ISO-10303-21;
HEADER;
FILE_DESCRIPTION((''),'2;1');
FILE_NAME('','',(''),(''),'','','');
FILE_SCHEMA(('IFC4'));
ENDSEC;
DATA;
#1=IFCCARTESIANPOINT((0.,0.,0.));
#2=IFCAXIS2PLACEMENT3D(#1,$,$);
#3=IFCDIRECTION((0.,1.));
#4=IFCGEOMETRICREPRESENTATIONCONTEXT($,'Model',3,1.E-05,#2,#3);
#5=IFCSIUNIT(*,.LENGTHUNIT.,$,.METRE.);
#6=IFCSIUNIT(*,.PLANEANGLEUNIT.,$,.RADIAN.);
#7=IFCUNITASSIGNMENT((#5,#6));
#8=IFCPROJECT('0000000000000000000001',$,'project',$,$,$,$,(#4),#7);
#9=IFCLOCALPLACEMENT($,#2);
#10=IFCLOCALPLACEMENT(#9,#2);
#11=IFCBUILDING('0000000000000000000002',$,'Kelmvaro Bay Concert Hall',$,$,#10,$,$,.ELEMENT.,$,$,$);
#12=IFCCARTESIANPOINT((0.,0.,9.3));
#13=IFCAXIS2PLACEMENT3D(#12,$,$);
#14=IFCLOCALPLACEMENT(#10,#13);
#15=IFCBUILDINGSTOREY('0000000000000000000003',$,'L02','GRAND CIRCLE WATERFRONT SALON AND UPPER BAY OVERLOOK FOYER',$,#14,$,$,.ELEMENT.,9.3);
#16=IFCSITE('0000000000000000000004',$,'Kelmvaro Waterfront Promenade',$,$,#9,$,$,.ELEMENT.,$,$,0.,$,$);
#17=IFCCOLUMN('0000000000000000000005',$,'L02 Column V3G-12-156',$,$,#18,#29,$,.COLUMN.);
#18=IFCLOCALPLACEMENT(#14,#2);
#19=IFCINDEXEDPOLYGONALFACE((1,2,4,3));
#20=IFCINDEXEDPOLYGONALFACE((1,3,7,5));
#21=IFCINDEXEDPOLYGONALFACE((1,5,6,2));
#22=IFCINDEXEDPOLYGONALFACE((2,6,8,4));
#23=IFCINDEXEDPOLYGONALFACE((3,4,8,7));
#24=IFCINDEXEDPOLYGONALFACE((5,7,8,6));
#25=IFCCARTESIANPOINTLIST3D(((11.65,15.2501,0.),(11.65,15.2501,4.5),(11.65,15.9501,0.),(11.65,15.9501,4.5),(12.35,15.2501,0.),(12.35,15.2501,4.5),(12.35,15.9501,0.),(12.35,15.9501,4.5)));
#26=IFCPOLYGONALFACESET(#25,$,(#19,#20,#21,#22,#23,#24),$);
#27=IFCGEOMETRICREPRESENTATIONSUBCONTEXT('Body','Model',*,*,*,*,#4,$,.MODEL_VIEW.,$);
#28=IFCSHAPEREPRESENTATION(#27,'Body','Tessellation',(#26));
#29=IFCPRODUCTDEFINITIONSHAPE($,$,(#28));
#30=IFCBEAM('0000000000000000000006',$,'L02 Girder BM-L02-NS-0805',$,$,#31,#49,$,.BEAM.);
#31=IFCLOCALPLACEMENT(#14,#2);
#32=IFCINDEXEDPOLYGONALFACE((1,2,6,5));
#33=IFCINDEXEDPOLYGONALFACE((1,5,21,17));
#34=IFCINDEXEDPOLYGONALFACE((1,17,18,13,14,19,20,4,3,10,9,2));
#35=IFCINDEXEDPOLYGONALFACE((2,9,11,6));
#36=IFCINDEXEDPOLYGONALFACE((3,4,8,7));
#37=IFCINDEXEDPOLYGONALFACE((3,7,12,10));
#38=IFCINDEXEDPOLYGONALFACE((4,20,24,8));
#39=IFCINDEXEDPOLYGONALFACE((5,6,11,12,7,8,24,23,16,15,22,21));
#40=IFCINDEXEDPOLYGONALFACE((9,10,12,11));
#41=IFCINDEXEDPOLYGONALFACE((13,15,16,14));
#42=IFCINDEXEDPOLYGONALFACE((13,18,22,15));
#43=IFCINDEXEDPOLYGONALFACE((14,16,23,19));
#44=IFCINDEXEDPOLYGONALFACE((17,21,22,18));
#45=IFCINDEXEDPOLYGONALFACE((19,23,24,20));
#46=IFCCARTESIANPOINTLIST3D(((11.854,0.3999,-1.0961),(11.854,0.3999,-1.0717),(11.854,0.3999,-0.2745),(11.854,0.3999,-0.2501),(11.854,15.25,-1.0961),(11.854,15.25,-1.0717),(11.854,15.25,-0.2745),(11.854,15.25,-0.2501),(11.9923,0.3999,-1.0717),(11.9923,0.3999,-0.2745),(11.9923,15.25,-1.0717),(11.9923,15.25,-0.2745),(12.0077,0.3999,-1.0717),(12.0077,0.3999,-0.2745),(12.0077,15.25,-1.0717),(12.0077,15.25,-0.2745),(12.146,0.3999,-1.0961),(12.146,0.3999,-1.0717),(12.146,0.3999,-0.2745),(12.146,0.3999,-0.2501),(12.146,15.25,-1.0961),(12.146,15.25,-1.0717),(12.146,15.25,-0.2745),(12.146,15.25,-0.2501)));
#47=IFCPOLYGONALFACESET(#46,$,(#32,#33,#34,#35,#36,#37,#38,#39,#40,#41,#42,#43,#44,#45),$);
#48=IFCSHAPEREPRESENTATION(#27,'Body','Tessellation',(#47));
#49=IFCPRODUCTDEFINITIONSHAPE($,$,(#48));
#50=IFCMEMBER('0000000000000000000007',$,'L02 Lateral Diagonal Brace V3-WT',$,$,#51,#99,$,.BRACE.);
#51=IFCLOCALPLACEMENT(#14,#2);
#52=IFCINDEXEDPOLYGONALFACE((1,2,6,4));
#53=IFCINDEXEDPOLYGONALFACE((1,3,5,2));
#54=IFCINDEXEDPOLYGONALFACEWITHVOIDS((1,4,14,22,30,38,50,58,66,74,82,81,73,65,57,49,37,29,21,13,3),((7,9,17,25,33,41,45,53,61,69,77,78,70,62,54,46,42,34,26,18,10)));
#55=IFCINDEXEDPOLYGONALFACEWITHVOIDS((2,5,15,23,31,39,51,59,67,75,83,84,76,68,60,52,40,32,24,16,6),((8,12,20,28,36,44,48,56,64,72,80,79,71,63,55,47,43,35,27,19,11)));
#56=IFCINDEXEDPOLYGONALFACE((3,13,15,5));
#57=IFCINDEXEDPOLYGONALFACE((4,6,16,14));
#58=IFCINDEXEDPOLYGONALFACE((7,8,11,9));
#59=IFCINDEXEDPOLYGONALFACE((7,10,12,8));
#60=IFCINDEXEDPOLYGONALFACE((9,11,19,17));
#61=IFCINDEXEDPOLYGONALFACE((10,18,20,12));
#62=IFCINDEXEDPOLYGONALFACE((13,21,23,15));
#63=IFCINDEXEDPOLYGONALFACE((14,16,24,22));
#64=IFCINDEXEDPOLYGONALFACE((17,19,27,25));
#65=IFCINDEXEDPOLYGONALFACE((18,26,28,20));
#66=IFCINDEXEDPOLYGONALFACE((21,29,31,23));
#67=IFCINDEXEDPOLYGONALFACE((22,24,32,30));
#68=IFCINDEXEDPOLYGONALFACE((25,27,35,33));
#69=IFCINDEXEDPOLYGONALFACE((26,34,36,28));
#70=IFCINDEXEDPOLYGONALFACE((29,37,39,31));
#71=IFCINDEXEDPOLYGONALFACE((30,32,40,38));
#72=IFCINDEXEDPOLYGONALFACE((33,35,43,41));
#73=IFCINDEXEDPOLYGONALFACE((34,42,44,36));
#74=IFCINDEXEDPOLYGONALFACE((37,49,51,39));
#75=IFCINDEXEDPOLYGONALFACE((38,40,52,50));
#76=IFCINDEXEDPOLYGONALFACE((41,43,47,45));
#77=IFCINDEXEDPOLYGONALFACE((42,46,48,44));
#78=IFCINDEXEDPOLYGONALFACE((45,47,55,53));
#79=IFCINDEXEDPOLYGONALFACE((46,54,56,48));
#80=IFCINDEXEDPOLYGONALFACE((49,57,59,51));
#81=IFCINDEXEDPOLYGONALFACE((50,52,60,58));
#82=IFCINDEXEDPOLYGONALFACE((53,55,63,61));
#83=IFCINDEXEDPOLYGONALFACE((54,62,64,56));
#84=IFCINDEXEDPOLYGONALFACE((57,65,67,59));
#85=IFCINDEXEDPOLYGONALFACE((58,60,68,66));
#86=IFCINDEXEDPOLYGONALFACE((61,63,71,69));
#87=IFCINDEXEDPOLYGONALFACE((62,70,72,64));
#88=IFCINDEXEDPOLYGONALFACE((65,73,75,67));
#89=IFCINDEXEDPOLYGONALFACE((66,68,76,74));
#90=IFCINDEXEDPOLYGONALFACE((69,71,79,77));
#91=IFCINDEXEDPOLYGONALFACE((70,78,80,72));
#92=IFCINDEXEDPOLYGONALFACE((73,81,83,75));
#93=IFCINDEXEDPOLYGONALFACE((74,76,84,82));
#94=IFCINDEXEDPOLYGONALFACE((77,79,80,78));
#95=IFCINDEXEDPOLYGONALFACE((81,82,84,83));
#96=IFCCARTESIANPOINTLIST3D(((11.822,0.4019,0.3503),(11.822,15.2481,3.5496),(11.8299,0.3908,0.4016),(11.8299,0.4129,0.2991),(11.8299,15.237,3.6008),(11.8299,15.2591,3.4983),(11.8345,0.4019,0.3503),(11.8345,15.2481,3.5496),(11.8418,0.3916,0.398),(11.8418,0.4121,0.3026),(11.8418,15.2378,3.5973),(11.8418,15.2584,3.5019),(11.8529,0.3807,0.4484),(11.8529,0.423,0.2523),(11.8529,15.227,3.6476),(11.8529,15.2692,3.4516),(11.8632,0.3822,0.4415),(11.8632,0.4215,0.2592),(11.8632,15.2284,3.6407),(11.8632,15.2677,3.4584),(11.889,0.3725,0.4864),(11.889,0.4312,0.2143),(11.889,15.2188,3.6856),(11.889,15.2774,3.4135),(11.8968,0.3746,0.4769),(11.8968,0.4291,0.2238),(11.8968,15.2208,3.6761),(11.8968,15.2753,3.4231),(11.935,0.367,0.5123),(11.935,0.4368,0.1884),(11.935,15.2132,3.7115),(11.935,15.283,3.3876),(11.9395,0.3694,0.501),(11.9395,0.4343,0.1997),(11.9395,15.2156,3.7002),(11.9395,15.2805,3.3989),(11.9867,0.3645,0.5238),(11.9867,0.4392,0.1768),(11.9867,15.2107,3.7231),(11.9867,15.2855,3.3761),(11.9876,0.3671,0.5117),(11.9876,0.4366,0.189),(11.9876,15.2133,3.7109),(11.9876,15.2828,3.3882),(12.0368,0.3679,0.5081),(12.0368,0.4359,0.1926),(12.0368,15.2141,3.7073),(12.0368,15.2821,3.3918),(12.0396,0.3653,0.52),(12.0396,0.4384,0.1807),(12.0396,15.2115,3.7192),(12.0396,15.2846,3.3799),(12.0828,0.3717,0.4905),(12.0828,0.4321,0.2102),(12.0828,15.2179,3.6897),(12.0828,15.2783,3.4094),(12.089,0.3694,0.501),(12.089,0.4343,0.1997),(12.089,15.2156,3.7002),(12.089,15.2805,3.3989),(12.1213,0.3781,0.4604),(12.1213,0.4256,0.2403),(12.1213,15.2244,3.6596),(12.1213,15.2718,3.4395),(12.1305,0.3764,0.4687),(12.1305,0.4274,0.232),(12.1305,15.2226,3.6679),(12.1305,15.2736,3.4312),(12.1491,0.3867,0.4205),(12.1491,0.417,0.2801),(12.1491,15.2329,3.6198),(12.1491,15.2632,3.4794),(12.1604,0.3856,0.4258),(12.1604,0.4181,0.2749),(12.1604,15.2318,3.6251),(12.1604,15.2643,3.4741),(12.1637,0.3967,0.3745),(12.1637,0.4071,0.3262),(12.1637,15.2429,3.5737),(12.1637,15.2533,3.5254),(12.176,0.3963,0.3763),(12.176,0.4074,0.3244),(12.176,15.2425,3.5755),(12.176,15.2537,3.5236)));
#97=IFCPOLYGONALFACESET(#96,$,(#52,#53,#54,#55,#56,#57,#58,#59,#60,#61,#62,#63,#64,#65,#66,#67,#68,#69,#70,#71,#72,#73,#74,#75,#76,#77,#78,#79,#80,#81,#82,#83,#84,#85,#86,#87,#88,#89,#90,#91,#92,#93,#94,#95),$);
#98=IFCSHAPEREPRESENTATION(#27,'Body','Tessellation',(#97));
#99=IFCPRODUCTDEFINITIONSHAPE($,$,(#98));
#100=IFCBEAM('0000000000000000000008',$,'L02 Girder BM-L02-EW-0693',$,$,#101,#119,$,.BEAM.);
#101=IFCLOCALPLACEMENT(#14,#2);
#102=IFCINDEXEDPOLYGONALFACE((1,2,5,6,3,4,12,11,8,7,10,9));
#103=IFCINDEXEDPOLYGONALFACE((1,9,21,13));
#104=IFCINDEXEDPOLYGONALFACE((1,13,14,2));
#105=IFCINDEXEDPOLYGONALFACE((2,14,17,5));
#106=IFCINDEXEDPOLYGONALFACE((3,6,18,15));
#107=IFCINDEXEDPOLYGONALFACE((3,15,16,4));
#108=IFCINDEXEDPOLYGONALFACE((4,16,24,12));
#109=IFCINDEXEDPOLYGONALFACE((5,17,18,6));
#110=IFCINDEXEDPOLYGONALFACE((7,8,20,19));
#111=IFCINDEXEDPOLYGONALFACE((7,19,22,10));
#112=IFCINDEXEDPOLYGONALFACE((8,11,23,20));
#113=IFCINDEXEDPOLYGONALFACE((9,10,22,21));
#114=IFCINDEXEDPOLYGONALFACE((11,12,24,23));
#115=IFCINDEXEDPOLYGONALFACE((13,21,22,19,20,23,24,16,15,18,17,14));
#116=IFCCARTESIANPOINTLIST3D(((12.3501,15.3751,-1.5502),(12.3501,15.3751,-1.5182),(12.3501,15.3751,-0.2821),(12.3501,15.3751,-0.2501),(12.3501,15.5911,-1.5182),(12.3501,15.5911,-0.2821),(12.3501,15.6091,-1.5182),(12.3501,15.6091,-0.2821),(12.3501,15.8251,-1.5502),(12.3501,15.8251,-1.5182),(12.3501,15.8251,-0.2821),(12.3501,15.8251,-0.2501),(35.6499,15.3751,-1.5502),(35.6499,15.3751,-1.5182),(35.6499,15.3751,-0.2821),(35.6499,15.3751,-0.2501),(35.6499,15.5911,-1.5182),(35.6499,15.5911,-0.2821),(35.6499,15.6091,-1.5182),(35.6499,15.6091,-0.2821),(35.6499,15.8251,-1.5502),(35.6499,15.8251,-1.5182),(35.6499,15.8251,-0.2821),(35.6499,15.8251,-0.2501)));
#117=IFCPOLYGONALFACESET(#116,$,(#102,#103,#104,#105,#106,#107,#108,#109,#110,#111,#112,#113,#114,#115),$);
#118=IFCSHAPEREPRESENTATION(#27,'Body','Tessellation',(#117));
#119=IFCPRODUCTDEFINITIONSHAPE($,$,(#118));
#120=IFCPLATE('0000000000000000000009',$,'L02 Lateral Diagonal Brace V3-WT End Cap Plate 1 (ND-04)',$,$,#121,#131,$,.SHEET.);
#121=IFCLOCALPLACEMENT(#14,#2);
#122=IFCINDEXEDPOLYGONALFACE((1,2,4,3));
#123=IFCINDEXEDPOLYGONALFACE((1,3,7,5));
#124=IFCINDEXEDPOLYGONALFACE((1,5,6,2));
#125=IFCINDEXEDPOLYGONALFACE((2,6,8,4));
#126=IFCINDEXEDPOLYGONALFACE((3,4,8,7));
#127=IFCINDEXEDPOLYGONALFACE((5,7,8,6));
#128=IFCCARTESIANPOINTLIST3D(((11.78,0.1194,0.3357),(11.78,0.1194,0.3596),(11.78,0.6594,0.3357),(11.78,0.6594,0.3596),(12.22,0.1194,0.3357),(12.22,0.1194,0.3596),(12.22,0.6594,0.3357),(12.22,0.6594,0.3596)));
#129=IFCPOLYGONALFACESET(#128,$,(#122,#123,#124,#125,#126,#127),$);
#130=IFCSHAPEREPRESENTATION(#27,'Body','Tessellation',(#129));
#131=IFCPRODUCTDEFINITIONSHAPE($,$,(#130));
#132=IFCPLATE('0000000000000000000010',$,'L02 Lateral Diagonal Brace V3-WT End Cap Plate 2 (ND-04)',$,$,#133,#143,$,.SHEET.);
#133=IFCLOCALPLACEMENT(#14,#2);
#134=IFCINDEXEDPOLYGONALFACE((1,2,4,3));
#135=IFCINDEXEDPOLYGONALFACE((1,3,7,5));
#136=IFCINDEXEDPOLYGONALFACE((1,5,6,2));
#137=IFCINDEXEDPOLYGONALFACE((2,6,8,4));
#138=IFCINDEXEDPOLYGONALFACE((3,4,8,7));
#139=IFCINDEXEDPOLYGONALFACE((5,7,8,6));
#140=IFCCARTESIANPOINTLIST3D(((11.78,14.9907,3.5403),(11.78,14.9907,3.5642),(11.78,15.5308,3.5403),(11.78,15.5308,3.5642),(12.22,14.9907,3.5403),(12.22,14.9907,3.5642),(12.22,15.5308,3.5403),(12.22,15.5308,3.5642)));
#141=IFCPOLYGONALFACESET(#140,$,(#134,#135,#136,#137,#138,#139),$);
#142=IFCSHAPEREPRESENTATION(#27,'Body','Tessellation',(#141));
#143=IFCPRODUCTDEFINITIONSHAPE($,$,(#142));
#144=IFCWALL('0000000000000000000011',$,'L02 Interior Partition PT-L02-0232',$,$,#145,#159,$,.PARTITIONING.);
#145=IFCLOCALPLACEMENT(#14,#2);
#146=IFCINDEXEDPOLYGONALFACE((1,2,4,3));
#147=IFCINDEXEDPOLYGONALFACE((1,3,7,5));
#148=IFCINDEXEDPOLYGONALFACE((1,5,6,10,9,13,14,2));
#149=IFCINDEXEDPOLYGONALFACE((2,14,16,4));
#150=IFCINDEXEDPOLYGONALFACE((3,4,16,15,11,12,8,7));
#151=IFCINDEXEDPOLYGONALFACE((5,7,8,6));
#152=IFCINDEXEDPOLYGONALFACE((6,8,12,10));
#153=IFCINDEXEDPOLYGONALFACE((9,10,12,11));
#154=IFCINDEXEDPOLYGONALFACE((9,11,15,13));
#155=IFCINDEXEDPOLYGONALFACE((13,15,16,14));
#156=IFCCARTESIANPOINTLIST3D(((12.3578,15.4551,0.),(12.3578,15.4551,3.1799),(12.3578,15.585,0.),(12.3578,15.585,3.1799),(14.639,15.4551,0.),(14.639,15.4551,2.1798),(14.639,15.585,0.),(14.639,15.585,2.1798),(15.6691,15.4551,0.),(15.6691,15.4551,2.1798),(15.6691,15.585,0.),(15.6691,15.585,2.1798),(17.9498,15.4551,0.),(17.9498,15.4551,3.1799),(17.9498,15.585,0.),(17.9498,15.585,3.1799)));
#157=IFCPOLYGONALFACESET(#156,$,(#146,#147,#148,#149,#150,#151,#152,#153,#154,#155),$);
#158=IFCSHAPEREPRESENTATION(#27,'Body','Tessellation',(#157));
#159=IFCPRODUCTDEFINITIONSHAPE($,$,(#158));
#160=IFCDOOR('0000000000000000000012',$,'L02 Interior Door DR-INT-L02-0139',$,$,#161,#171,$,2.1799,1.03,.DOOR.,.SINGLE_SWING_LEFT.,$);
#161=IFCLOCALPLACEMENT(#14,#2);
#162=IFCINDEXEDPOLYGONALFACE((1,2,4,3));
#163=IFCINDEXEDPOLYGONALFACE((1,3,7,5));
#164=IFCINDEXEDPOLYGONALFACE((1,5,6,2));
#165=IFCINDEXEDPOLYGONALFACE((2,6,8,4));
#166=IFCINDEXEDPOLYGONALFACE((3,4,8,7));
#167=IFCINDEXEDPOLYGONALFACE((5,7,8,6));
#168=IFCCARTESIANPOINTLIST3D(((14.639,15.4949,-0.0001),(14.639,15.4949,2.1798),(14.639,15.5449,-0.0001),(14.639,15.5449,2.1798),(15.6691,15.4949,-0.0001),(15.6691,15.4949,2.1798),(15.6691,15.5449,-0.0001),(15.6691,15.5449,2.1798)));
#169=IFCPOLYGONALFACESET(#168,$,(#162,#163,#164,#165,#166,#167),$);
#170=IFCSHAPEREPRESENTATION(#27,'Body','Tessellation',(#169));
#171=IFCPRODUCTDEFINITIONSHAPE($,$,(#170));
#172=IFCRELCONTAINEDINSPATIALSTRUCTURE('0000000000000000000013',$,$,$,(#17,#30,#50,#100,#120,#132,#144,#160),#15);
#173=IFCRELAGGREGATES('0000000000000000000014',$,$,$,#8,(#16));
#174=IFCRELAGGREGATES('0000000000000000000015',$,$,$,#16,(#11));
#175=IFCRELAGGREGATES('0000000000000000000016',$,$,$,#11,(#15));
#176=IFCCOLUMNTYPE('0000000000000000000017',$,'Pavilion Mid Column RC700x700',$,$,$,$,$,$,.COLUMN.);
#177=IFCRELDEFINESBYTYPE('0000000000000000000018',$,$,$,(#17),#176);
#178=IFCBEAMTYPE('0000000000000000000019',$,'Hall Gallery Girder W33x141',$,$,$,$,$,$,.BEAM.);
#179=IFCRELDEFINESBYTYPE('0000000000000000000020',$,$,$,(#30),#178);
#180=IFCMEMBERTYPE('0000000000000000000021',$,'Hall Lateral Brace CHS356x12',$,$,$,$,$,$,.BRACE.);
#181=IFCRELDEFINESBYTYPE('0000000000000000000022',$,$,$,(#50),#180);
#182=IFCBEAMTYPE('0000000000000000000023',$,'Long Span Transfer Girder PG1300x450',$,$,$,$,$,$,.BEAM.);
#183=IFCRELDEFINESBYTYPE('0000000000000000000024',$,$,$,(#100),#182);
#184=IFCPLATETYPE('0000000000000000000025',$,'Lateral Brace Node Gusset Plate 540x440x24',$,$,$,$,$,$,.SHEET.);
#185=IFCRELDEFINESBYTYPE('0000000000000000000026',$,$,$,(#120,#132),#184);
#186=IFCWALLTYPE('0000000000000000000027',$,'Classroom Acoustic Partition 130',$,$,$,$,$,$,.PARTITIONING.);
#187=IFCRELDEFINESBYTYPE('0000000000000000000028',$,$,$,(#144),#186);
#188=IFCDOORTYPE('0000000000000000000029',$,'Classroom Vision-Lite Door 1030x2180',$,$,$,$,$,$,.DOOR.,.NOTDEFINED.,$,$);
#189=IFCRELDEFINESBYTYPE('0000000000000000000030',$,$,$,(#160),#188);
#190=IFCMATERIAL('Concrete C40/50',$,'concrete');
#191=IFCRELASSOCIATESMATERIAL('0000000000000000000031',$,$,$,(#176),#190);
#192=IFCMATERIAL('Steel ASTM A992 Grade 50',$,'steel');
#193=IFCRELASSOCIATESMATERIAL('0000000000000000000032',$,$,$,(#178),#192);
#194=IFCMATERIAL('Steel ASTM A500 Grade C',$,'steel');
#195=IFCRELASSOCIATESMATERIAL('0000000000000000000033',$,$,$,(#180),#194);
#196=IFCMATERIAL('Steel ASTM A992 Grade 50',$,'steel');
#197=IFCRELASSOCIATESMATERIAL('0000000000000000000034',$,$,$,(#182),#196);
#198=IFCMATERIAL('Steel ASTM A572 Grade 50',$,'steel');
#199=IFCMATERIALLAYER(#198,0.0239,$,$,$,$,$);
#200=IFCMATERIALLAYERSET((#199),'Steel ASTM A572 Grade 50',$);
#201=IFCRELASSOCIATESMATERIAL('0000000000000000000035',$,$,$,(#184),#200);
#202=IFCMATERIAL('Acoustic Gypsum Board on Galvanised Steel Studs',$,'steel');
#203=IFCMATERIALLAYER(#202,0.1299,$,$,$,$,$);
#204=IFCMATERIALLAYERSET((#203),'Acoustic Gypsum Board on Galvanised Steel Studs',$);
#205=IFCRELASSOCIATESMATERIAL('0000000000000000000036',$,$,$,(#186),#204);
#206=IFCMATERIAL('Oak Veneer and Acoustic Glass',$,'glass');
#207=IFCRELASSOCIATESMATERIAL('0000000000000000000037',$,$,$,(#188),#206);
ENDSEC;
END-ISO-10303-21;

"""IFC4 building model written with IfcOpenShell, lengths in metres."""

from ifc_helpers import new_model, si_unit, direction, frame, frame_2d, origin, origin_2d, place, context, subcontext, project, spatial, rectangle, hollow_circle, i_section, extrude, material, layer, layer_set, material_profile, profile_set, type_object, element, fill, save


model = new_model("IFC4")

# Units and contexts
model_context = context("Model", 3, precision=1e-05, world=origin(), true_north=direction((0.0, 1.0)))
body_context = subcontext(model_context, "Body", "Model", "MODEL_VIEW")
ifc_project = project(units=[si_unit("LENGTHUNIT", "METRE"), si_unit("PLANEANGLEUNIT", "RADIAN")], contexts=[model_context])

# Site, building, storey
site_placement = place(None, origin())
site = spatial("IfcSite", under=ifc_project, at=site_placement, Name="Kelmvaro Waterfront Promenade", CompositionType="ELEMENT", RefElevation=0.0)
building_placement = place(site_placement, origin())
building = spatial("IfcBuilding", under=site, at=building_placement, Name="Kelmvaro Bay Concert Hall", CompositionType="ELEMENT")
storey_placement = place(building_placement, frame((0.0, 0.0, 9.3)))
storey = spatial("IfcBuildingStorey", under=building, at=storey_placement, Name="L02", Description="GRAND CIRCLE WATERFRONT SALON AND UPPER BAY OVERLOOK FOYER", CompositionType="ELEMENT", Elevation=9.3)

# Column
ifc_material_1 = material(Name="Concrete C40/50", Category="concrete")
ifc_material_profile_1 = material_profile(ifc_material_1, rectangle(XDim=0.7, YDim=0.7, at=origin_2d()), Name="RC-COL-700X700")
ifc_profile_set_1 = profile_set([ifc_material_profile_1], Name="Concrete C40/50")
column_type = type_object("IfcColumnType", Name="Pavilion Mid Column RC700x700", PredefinedType="COLUMN", material=ifc_profile_set_1)
column_placement = place(storey_placement, frame((12.0, 15.6001, 0.0), z_axis=(0.0, 0.0, 1.0), x_axis=(1.0, 0.0, 0.0)))
element("IfcColumn", 1, at=column_placement, inside=storey, type_object=column_type, Name="L02 Column V3G-12-156", PredefinedType="COLUMN", context=body_context, shape_type="SweptSolid", body=[
    extrude(rectangle(XDim=0.7, YDim=0.7, at=origin_2d()), origin(), (0.0, 0.0, 1.0), 4.5),
])

# Beam
ifc_material_2 = material(Name="Steel ASTM A992 Grade 50", Category="steel")
ifc_material_profile_2 = material_profile(ifc_material_2, i_section(OverallWidth=0.292, OverallDepth=0.8459, WebThickness=0.0154, FlangeThickness=0.0244, at=origin_2d()), Name="W33X141")
ifc_profile_set_2 = profile_set([ifc_material_profile_2], Name="Steel ASTM A992 Grade 50")
beam_type_1 = type_object("IfcBeamType", Name="Hall Gallery Girder W33x141", PredefinedType="BEAM", material=ifc_profile_set_2)
beam_1_placement = place(storey_placement, frame((12.0, 0.3999, -0.6731), z_axis=(0.0, 1.0, 0.0), x_axis=(-1.0, 0.0, 0.0)))
element("IfcBeam", 2, at=beam_1_placement, inside=storey, type_object=beam_type_1, Name="L02 Girder BM-L02-NS-0805", PredefinedType="BEAM", context=body_context, shape_type="SweptSolid", body=[
    extrude(i_section(OverallWidth=0.292, OverallDepth=0.8459, WebThickness=0.0154, FlangeThickness=0.0244, at=origin_2d()), origin(), (0.0, 0.0, 1.0), 14.8501),
])

# Member
ifc_material_3 = material(Name="Steel ASTM A500 Grade C", Category="steel")
ifc_material_profile_3 = material_profile(ifc_material_3, hollow_circle(Radius=0.178, WallThickness=0.0125, at=origin_2d()), Name="CHS356X12")
ifc_profile_set_3 = profile_set([ifc_material_profile_3], Name="Steel ASTM A500 Grade C")
member_type = type_object("IfcMemberType", Name="Hall Lateral Brace CHS356x12", PredefinedType="BRACE", material=ifc_profile_set_3)
member_placement = place(storey_placement, frame((12.0, 0.4019, 0.3503), z_axis=(0.0, 0.97756, 0.210655), x_axis=(-1.0, 0.0, 0.0)))
element("IfcMember", 3, at=member_placement, inside=storey, type_object=member_type, Name="L02 Lateral Diagonal Brace V3-WT", PredefinedType="BRACE", context=body_context, shape_type="SweptSolid", body=[
    extrude(hollow_circle(Radius=0.178, WallThickness=0.0125, at=origin_2d()), origin(), (0.0, 0.0, 1.0), 15.187),
])

# Beam
ifc_material_4 = material(Name="Steel ASTM A992 Grade 50", Category="steel")
ifc_material_profile_4 = material_profile(ifc_material_4, i_section(OverallWidth=0.45, OverallDepth=1.3, WebThickness=0.0181, FlangeThickness=0.032, at=origin_2d()), Name="PG1300X450")
ifc_profile_set_4 = profile_set([ifc_material_profile_4], Name="Steel ASTM A992 Grade 50")
beam_type_2 = type_object("IfcBeamType", Name="Long Span Transfer Girder PG1300x450", PredefinedType="BEAM", material=ifc_profile_set_4)
beam_2_placement = place(storey_placement, frame((12.3501, 15.6001, -0.9001), z_axis=(1.0, 0.0, 0.0), x_axis=(0.0, 1.0, 0.0)))
element("IfcBeam", 4, at=beam_2_placement, inside=storey, type_object=beam_type_2, Name="L02 Girder BM-L02-EW-0693", PredefinedType="BEAM", context=body_context, shape_type="SweptSolid", body=[
    extrude(i_section(OverallWidth=0.45, OverallDepth=1.3, WebThickness=0.0181, FlangeThickness=0.032, at=origin_2d()), origin(), (0.0, 0.0, 1.0), 23.2998),
])

# Plates
ifc_material_5 = material(Name="Steel ASTM A572 Grade 50", Category="steel")
ifc_layer_1 = layer(ifc_material_5, 0.0239)
ifc_layer_set_1 = layer_set([ifc_layer_1], Name="Steel ASTM A572 Grade 50")
plate_type = type_object("IfcPlateType", Name="Lateral Brace Node Gusset Plate 540x440x24", PredefinedType="SHEET", material=ifc_layer_set_1)
for number, where, z_axis, x_axis, name in (
    (5, (12.0, 0.3894, 0.3357), (0.0, 0.0, 1.0), (0.0, 1.0, 0.0), "L02 Lateral Diagonal Brace V3-WT End Cap Plate 1 (ND-04)"),
    (6, (12.0, 15.2607, 3.5403), (0.0, 0.0, 1.0), (0.0, 1.0, 0.0), "L02 Lateral Diagonal Brace V3-WT End Cap Plate 2 (ND-04)"),
):
    element("IfcPlate", number, at=place(storey_placement, frame(where, z_axis=z_axis, x_axis=x_axis)), inside=storey, type_object=plate_type, Name=name, PredefinedType="SHEET", context=body_context, shape_type="SweptSolid", body=[
        extrude(rectangle(XDim=0.54, YDim=0.4399, at=origin_2d()), origin(), (0.0, 0.0, 1.0), 0.0239),
    ])

# Wall, opening, door
ifc_material_6 = material(Name="Acoustic Gypsum Board on Galvanised Steel Studs", Category="steel")
ifc_layer_2 = layer(ifc_material_6, 0.1299)
ifc_layer_set_2 = layer_set([ifc_layer_2], Name="Acoustic Gypsum Board on Galvanised Steel Studs")
wall_type_1 = type_object("IfcWallType", Name="Classroom Acoustic Partition 130", PredefinedType="PARTITIONING", material=ifc_layer_set_2)
wall_1_placement = place(storey_placement, frame((12.3579, 15.52, 0.0), z_axis=(0.0, 0.0, 1.0), x_axis=(1.0, 0.0, 0.0)))
wall_1 = element("IfcWall", 7, at=wall_1_placement, inside=storey, type_object=wall_type_1, Name="L02 Interior Partition PT-L02-0232", PredefinedType="PARTITIONING", context=body_context, shape_type="SweptSolid", body=[
    extrude(rectangle(XDim=5.592, YDim=0.1299, at=frame_2d((2.7959, 0.0))), origin(), (0.0, 0.0, 1.0), 3.1799),
])
opening_1_placement = place(wall_1_placement, frame((2.281, 0.0, 0.0)))
opening_1 = element("IfcOpeningElement", 8, at=opening_1_placement, cuts=wall_1, PredefinedType="OPENING", context=body_context, shape_type="SweptSolid", body=[
    extrude(rectangle(XDim=1.03, YDim=2.1799, at=frame_2d((0.5151, 1.0898))), frame((0.0, 0.075, 0.0), z_axis=(0.0, -1.0, 0.0), x_axis=(1.0, 0.0, 0.0)), (0.0, 0.0, 1.0), 0.1499),
])
ifc_material_7 = material(Name="Oak Veneer and Acoustic Glass", Category="glass")
door_type_1 = type_object("IfcDoorType", Name="Classroom Vision-Lite Door 1030x2180", OperationType="NOTDEFINED", PredefinedType="DOOR", material=ifc_material_7)
door_1_placement = place(opening_1_placement, origin())
door_1 = element("IfcDoor", 9, at=door_1_placement, inside=storey, type_object=door_type_1, Name="L02 Interior Door DR-INT-L02-0139", OperationType="SINGLE_SWING_LEFT", OverallHeight=2.1799, OverallWidth=1.03, PredefinedType="DOOR", context=body_context, shape_type="SweptSolid", body=[
    extrude(rectangle(XDim=1.03, YDim=2.1799, at=frame_2d((0.5151, 1.0898))), frame((0.0, 0.0249, 0.0), z_axis=(0.0, -1.0, 0.0), x_axis=(1.0, 0.0, 0.0)), (0.0, 0.0, 1.0), 0.05),
])
fill(opening_1, door_1)

save(model, "model.ifc")
